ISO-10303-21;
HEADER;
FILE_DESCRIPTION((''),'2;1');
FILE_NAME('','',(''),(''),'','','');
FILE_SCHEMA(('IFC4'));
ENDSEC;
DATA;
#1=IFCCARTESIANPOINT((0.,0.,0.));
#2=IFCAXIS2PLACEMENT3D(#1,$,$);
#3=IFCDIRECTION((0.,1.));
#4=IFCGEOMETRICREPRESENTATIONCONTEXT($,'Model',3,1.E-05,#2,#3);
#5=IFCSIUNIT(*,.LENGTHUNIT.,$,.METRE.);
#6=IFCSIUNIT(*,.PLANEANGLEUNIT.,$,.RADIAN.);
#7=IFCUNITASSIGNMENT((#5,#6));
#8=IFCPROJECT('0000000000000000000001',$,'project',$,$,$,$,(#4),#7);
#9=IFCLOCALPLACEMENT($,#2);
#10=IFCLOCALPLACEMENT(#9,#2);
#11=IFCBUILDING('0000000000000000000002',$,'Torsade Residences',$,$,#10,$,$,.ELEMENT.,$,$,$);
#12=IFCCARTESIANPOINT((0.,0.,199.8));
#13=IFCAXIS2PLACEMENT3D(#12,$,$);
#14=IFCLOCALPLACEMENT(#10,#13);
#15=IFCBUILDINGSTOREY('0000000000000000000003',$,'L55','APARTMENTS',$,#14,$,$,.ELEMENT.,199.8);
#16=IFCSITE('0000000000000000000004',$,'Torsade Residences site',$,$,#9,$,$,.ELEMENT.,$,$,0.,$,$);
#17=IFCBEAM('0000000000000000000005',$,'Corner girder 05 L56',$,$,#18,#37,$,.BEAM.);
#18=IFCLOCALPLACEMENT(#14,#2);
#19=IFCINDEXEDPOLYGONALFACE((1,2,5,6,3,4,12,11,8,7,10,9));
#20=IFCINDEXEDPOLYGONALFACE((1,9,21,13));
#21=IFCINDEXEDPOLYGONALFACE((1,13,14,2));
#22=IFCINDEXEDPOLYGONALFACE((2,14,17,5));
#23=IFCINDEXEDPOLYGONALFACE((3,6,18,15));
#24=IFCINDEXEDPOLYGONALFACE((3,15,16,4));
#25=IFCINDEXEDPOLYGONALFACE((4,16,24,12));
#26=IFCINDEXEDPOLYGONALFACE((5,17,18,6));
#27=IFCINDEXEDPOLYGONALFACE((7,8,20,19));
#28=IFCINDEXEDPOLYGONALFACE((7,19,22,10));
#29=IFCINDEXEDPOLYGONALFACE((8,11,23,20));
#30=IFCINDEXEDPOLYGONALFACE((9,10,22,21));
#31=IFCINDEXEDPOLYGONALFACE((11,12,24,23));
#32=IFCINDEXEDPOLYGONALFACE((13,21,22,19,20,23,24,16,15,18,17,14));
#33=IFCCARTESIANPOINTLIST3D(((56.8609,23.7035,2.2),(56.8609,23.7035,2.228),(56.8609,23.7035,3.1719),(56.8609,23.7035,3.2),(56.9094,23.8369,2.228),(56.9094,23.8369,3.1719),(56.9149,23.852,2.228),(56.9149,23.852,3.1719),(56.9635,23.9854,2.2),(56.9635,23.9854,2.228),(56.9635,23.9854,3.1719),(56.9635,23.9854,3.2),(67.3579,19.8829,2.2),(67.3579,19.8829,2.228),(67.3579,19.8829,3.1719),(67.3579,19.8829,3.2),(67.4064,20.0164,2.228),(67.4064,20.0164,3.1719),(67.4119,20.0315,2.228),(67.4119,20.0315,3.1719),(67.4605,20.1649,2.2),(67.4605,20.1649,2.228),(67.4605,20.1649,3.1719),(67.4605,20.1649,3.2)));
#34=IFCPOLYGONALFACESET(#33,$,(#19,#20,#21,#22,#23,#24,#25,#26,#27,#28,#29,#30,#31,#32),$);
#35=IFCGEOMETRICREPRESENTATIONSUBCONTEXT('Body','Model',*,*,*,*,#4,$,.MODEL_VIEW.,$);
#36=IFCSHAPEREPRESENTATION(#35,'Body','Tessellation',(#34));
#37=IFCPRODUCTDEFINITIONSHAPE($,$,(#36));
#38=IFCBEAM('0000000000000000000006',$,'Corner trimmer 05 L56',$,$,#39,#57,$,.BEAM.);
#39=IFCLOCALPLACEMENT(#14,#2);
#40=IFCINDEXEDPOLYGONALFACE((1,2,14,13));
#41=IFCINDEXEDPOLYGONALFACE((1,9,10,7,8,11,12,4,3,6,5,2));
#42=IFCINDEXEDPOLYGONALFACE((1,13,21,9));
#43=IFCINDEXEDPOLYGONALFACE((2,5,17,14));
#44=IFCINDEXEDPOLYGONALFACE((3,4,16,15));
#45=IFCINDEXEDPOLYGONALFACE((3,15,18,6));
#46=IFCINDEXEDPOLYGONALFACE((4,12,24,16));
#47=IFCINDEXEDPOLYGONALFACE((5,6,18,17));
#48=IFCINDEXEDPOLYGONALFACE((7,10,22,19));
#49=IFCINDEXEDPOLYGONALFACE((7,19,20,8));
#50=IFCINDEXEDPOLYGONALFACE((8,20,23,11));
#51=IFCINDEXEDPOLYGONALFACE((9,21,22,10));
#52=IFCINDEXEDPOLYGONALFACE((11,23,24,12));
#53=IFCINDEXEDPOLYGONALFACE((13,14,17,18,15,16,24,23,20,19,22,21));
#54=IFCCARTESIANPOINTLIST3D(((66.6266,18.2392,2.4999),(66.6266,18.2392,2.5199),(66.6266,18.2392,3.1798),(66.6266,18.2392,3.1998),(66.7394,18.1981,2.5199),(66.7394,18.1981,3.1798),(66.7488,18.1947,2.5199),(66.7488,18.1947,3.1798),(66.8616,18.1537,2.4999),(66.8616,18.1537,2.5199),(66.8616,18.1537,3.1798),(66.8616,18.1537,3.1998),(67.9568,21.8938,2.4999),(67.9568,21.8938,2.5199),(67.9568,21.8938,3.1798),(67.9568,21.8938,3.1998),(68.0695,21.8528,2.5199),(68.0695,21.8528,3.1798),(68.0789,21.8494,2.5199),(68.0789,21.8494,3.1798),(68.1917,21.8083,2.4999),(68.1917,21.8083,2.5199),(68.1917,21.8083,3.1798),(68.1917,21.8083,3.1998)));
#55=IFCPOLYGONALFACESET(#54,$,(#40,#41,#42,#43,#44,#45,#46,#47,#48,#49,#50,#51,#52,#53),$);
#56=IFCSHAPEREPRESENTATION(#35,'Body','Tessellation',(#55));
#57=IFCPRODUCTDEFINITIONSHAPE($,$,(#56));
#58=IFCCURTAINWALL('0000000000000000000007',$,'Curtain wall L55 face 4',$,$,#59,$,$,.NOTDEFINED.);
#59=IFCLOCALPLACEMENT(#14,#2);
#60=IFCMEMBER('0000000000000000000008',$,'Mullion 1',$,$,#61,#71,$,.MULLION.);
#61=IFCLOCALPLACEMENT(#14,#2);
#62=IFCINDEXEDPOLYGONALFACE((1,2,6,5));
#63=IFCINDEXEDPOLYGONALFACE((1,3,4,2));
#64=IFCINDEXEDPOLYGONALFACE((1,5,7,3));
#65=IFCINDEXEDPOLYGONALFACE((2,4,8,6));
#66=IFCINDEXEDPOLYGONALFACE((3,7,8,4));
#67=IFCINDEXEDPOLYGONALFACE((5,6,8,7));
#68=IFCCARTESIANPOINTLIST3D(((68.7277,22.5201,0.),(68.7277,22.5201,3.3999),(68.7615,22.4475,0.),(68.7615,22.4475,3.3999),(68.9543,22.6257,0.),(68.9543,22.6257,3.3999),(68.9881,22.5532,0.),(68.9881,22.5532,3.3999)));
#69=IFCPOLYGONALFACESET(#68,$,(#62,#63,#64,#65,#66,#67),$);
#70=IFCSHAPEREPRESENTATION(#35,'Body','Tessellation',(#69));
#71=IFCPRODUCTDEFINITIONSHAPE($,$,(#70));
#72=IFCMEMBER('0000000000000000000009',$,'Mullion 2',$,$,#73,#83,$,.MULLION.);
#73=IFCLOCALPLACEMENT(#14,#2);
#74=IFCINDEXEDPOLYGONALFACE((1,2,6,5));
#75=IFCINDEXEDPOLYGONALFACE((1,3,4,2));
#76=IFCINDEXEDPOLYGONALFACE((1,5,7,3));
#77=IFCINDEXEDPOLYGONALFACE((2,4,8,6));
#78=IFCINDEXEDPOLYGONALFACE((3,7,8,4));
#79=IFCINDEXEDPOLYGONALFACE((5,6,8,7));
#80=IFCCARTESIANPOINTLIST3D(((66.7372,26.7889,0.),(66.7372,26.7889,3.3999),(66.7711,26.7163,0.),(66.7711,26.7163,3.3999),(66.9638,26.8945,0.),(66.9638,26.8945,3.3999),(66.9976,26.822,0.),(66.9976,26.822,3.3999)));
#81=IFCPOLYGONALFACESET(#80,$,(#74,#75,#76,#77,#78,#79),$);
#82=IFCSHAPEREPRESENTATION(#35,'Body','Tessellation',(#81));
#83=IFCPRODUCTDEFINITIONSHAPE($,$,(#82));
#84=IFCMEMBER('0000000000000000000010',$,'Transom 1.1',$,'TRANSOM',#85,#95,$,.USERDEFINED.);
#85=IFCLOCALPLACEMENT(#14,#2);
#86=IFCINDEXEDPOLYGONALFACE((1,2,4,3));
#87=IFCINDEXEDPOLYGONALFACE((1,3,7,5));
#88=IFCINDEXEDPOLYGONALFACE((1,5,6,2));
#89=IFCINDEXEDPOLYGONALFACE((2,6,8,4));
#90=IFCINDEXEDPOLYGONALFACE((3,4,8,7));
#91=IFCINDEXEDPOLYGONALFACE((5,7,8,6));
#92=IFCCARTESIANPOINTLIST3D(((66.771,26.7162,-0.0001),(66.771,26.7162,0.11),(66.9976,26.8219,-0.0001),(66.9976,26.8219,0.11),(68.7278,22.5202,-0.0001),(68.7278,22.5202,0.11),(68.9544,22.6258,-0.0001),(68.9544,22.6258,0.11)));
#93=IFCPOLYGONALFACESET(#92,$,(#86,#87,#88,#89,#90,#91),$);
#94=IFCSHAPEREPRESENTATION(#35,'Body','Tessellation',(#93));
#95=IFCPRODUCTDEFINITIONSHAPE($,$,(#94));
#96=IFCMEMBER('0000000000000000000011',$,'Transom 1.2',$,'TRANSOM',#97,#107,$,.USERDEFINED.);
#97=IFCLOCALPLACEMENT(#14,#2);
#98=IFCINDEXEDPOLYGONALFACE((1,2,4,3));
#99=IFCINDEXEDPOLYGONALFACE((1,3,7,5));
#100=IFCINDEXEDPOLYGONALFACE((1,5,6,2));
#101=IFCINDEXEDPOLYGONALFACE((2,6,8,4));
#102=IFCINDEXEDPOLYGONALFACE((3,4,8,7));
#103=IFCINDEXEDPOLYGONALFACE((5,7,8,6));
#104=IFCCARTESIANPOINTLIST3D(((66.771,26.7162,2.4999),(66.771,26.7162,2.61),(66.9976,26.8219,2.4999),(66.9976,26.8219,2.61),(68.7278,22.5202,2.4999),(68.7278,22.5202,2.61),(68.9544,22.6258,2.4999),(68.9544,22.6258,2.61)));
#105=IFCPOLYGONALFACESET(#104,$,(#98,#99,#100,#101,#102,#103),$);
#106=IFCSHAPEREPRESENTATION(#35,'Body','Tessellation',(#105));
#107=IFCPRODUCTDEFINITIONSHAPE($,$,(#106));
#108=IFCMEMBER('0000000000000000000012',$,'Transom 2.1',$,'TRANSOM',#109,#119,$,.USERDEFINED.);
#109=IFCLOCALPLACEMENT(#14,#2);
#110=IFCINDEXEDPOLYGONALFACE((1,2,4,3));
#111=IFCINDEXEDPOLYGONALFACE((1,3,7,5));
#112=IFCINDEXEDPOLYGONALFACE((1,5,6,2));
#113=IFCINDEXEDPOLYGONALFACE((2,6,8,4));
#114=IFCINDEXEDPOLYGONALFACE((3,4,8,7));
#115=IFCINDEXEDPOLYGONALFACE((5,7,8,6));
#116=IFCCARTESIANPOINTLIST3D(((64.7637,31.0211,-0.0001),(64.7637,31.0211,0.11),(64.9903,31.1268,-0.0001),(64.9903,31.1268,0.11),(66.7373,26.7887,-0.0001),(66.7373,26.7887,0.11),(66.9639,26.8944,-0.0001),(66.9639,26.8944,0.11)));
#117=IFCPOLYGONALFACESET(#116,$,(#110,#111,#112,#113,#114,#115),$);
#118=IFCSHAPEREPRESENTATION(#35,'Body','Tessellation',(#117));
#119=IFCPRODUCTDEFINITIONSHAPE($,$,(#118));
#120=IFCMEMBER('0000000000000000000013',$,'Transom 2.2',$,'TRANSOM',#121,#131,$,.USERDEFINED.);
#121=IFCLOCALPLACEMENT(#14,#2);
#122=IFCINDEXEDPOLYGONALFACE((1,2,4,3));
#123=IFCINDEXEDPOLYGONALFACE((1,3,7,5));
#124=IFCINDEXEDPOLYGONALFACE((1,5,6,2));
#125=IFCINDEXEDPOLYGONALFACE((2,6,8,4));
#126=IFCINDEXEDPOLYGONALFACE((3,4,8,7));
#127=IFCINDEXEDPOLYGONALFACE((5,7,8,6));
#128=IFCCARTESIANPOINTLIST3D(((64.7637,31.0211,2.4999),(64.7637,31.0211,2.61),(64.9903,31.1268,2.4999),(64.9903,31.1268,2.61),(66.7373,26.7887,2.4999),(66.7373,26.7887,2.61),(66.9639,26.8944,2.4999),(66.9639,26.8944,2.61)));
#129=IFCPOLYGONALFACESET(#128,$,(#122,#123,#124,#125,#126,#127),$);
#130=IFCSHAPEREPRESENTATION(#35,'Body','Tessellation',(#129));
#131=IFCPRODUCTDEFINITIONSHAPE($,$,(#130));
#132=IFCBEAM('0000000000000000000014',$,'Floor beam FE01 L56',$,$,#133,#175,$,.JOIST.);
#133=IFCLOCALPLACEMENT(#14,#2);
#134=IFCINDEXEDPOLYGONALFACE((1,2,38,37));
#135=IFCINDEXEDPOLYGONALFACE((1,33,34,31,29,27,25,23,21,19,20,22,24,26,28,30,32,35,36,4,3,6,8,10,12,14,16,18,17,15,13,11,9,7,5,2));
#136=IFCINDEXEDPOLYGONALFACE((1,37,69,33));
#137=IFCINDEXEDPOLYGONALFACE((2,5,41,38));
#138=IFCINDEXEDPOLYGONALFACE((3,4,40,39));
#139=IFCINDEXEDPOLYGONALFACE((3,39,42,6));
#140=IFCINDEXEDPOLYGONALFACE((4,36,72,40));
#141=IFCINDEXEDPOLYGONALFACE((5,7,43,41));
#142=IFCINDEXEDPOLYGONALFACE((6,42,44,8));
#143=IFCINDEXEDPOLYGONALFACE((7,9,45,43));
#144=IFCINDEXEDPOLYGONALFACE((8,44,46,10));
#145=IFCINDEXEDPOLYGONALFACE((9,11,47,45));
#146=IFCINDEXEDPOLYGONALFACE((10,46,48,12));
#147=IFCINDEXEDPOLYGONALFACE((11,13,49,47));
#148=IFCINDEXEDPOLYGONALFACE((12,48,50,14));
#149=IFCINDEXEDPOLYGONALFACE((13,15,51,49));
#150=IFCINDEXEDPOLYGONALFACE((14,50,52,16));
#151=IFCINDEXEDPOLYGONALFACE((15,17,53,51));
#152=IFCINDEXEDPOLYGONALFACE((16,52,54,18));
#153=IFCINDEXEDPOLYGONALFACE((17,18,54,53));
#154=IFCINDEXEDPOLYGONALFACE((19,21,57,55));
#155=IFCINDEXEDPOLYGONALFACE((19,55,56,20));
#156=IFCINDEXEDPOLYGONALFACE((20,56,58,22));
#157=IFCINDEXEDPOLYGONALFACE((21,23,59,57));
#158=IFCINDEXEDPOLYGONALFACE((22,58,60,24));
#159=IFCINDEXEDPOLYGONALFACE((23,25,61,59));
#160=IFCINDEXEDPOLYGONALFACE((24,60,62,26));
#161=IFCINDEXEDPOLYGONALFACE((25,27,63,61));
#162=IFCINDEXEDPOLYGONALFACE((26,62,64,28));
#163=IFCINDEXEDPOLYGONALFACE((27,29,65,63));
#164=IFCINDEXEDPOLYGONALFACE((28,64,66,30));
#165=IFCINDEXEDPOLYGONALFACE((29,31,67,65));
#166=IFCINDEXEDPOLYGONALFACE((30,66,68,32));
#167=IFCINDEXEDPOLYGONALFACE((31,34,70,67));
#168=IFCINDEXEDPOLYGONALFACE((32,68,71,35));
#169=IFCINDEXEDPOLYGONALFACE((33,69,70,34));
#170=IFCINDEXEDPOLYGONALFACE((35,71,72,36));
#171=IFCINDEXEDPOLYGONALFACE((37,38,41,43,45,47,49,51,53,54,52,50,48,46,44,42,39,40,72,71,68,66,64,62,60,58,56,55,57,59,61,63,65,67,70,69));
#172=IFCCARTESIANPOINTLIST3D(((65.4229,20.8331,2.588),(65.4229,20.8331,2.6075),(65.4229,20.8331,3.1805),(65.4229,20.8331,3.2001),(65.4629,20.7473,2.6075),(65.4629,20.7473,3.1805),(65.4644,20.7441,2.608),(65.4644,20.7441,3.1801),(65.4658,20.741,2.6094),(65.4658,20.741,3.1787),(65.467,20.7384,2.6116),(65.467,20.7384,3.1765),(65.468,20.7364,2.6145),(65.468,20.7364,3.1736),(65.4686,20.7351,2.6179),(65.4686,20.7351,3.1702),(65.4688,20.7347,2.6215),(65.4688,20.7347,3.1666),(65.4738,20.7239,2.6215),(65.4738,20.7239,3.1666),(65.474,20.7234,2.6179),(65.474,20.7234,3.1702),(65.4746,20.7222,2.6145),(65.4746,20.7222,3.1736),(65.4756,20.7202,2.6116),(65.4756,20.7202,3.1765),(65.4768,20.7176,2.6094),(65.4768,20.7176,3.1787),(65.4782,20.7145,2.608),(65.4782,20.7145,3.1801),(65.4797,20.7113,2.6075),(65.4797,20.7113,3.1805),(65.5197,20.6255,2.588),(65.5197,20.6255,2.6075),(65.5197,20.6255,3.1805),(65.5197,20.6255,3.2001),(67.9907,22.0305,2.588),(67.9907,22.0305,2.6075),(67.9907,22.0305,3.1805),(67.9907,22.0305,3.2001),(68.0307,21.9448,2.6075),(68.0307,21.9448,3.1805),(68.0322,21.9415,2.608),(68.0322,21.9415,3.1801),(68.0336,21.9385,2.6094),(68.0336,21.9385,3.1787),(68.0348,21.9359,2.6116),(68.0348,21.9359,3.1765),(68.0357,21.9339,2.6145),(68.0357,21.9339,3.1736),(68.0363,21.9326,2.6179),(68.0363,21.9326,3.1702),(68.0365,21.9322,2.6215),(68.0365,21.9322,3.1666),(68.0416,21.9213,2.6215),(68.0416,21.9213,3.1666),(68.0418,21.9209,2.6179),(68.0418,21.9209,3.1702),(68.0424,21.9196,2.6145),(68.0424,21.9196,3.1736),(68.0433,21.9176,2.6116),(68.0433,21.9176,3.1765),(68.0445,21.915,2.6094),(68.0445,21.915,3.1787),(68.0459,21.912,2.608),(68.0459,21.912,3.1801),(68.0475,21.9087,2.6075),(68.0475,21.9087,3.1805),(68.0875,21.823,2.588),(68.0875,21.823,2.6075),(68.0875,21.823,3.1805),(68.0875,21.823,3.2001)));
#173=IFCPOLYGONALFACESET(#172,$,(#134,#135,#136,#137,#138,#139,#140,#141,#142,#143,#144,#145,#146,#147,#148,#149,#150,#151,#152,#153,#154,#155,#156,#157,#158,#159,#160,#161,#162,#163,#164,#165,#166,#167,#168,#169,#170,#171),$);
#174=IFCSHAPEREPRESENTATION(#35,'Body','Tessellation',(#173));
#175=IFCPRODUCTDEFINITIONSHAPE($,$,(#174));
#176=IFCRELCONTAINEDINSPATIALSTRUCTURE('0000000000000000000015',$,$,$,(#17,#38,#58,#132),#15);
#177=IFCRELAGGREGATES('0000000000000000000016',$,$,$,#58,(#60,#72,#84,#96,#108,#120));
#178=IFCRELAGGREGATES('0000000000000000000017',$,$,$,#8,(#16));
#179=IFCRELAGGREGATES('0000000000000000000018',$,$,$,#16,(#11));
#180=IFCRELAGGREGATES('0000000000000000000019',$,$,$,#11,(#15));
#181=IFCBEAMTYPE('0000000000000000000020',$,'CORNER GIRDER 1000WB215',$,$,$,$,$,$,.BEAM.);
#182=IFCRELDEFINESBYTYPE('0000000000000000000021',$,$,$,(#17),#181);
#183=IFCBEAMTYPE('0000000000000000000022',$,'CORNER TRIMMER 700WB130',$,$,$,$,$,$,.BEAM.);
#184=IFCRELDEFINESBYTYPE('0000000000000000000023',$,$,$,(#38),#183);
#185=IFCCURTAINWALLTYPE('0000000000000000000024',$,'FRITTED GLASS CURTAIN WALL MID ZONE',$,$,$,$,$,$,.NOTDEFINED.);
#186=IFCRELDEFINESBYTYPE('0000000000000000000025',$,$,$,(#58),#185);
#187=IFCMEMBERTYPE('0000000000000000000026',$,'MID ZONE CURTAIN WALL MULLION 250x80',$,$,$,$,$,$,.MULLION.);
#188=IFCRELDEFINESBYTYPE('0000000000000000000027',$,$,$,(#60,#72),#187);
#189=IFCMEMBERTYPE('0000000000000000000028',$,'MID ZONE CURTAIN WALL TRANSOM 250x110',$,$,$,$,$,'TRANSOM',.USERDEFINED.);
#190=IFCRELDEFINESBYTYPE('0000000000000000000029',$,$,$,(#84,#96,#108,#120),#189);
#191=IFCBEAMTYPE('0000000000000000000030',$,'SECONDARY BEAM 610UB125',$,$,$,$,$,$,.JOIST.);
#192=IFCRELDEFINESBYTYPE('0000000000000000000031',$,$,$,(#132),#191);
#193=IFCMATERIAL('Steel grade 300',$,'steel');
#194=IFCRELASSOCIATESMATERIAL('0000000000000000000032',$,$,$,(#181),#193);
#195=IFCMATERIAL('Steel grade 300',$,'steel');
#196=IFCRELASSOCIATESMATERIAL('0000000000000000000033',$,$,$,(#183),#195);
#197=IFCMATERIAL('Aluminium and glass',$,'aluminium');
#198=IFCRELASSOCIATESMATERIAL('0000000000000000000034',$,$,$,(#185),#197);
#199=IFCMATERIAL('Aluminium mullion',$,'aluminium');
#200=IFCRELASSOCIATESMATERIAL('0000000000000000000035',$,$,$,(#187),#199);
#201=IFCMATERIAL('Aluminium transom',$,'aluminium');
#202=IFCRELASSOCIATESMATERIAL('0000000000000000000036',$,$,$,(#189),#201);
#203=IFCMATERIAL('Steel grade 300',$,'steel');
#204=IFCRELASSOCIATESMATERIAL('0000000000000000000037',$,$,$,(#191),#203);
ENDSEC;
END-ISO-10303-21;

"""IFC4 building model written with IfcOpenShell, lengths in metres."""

from ifc_helpers import new_model, si_unit, direction, frame, origin, origin_2d, place, context, subcontext, project, spatial, rectangle, i_section, extrude, material, material_profile, profile_set, type_object, element, aggregate, save


model = new_model("IFC4")

# Units and contexts
model_context = context("Model", 3, precision=1e-05, world=origin(), true_north=direction((0.0, 1.0)))
body_context = subcontext(model_context, "Body", "Model", "MODEL_VIEW")
ifc_project = project(units=[si_unit("LENGTHUNIT", "METRE"), si_unit("PLANEANGLEUNIT", "RADIAN")], contexts=[model_context])

# Site, building, storey
site_placement = place(None, origin())
site = spatial("IfcSite", under=ifc_project, at=site_placement, Name="Torsade Residences site", CompositionType="ELEMENT", RefElevation=0.0)
building_placement = place(site_placement, origin())
building = spatial("IfcBuilding", under=site, at=building_placement, Name="Torsade Residences", CompositionType="ELEMENT")
storey_placement = place(building_placement, frame((0.0, 0.0, 199.8)))
storey = spatial("IfcBuildingStorey", under=building, at=storey_placement, Name="L55", Description="APARTMENTS", CompositionType="ELEMENT", Elevation=199.8)

# Beams
ifc_material_1 = material(Name="Steel grade 300", Category="steel")
ifc_material_profile_1 = material_profile(ifc_material_1, i_section(OverallWidth=0.3, OverallDepth=1.0, WebThickness=0.0161, FlangeThickness=0.0281, at=origin_2d()), Name="1000WB215")
ifc_profile_set_1 = profile_set([ifc_material_profile_1], Name="Steel grade 300")
beam_type_1 = type_object("IfcBeamType", Name="CORNER GIRDER 1000WB215", PredefinedType="BEAM", material=ifc_profile_set_1)
beam_1_placement = place(storey_placement, frame((67.4092, 20.0239, 2.7), z_axis=(-0.939694, 0.342015, 0.0), x_axis=(-0.342015, -0.939694, 0.0)))
element("IfcBeam", 1, at=beam_1_placement, inside=storey, type_object=beam_type_1, Name="Corner girder 05 L56", PredefinedType="BEAM", context=body_context, shape_type="SweptSolid", body=[
    extrude(i_section(OverallWidth=0.3, OverallDepth=1.0, WebThickness=0.0161, FlangeThickness=0.0281, at=origin_2d()), origin(), (0.0, 0.0, 1.0), 11.1707),
])
ifc_material_2 = material(Name="Steel grade 300", Category="steel")
ifc_material_profile_2 = material_profile(ifc_material_2, i_section(OverallWidth=0.25, OverallDepth=0.7, WebThickness=0.01, FlangeThickness=0.02, at=origin_2d()), Name="700WB130")
ifc_profile_set_2 = profile_set([ifc_material_profile_2], Name="Steel grade 300")
beam_type_2 = type_object("IfcBeamType", Name="CORNER TRIMMER 700WB130", PredefinedType="BEAM", material=ifc_profile_set_2)
beam_2_placement = place(storey_placement, frame((68.0742, 21.8511, 2.8499), z_axis=(-0.342005, -0.939698, 0.0), x_axis=(0.939698, -0.342005, 0.0)))
element("IfcBeam", 2, at=beam_2_placement, inside=storey, type_object=beam_type_2, Name="Corner trimmer 05 L56", PredefinedType="BEAM", context=body_context, shape_type="SweptSolid", body=[
    extrude(i_section(OverallWidth=0.25, OverallDepth=0.7, WebThickness=0.01, FlangeThickness=0.02, at=origin_2d()), origin(), (0.0, 0.0, 1.0), 3.8892),
])

# Curtain wall, members
ifc_material_3 = material(Name="Aluminium and glass", Category="aluminium")
curtain_wall_type = type_object("IfcCurtainWallType", Name="FRITTED GLASS CURTAIN WALL MID ZONE", PredefinedType="NOTDEFINED", material=ifc_material_3)
curtain_wall_placement = place(storey_placement, origin())
curtain_wall = element("IfcCurtainWall", 3, at=curtain_wall_placement, inside=storey, type_object=curtain_wall_type, Name="Curtain wall L55 face 4", PredefinedType="NOTDEFINED")
ifc_material_4 = material(Name="Aluminium mullion", Category="aluminium")
ifc_material_profile_3 = material_profile(ifc_material_4, rectangle(XDim=0.25, YDim=0.0801, at=origin_2d()), Name="MID ZONE CURTAIN WALL MULLION 250x80")
ifc_profile_set_3 = profile_set([ifc_material_profile_3], Name="Aluminium mullion")
member_type_1 = type_object("IfcMemberType", Name="MID ZONE CURTAIN WALL MULLION 250x80", PredefinedType="MULLION", material=ifc_profile_set_3)
member_1_placement = place(storey_placement, frame((68.8579, 22.5366, 0.0), z_axis=(0.0, 0.0, 1.0), x_axis=(-0.906308, -0.422618, 0.0)))
member_1 = element("IfcMember", 4, at=member_1_placement, type_object=member_type_1, Name="Mullion 1", PredefinedType="MULLION", context=body_context, shape_type="SweptSolid", body=[
    extrude(rectangle(XDim=0.25, YDim=0.0801, at=origin_2d()), origin(), (0.0, 0.0, 1.0), 3.3999),
])
member_2_placement = place(storey_placement, frame((66.8674, 26.8054, 0.0), z_axis=(0.0, 0.0, 1.0), x_axis=(-0.906308, -0.422618, 0.0)))
member_2 = element("IfcMember", 5, at=member_2_placement, type_object=member_type_1, Name="Mullion 2", PredefinedType="MULLION", context=body_context, shape_type="SweptSolid", body=[
    extrude(rectangle(XDim=0.25, YDim=0.0801, at=origin_2d()), origin(), (0.0, 0.0, 1.0), 3.3999),
])
ifc_material_5 = material(Name="Aluminium transom", Category="aluminium")
ifc_material_profile_4 = material_profile(ifc_material_5, rectangle(XDim=0.25, YDim=0.1101, at=origin_2d()), Name="MID ZONE CURTAIN WALL TRANSOM 250x110")
ifc_profile_set_4 = profile_set([ifc_material_profile_4], Name="Aluminium transom")
member_type_2 = type_object("IfcMemberType", Name="MID ZONE CURTAIN WALL TRANSOM 250x110", ElementType="TRANSOM", PredefinedType="USERDEFINED", material=ifc_profile_set_4)
member_3_placement = place(storey_placement, frame((68.8411, 22.573, 0.0549), z_axis=(-0.422643, 0.906296, 0.0), x_axis=(-0.906296, -0.422643, 0.0)))
member_3 = element("IfcMember", 6, at=member_3_placement, type_object=member_type_2, Name="Transom 1.1", ObjectType="TRANSOM", PredefinedType="USERDEFINED", context=body_context, shape_type="SweptSolid", body=[
    extrude(rectangle(XDim=0.25, YDim=0.1101, at=origin_2d()), origin(), (0.0, 0.0, 1.0), 4.6299),
])
member_4_placement = place(storey_placement, frame((68.8411, 22.573, 2.5549), z_axis=(-0.422643, 0.906296, 0.0), x_axis=(-0.906296, -0.422643, 0.0)))
member_4 = element("IfcMember", 7, at=member_4_placement, type_object=member_type_2, Name="Transom 1.2", ObjectType="TRANSOM", PredefinedType="USERDEFINED", context=body_context, shape_type="SweptSolid", body=[
    extrude(rectangle(XDim=0.25, YDim=0.1101, at=origin_2d()), origin(), (0.0, 0.0, 1.0), 4.6299),
])
member_5_placement = place(storey_placement, frame((66.8506, 26.8416, 0.0549), z_axis=(-0.422622, 0.906306, 0.0), x_axis=(-0.906306, -0.422622, 0.0)))
member_5 = element("IfcMember", 8, at=member_5_placement, type_object=member_type_2, Name="Transom 2.1", ObjectType="TRANSOM", PredefinedType="USERDEFINED", context=body_context, shape_type="SweptSolid", body=[
    extrude(rectangle(XDim=0.25, YDim=0.1101, at=origin_2d()), origin(), (0.0, 0.0, 1.0), 4.6699),
])
member_6_placement = place(storey_placement, frame((66.8506, 26.8416, 2.5549), z_axis=(-0.422622, 0.906306, 0.0), x_axis=(-0.906306, -0.422622, 0.0)))
member_6 = element("IfcMember", 9, at=member_6_placement, type_object=member_type_2, Name="Transom 2.2", ObjectType="TRANSOM", PredefinedType="USERDEFINED", context=body_context, shape_type="SweptSolid", body=[
    extrude(rectangle(XDim=0.25, YDim=0.1101, at=origin_2d()), origin(), (0.0, 0.0, 1.0), 4.6699),
])

# Beam
ifc_material_6 = material(Name="Steel grade 300", Category="steel")
ifc_material_profile_5 = material_profile(ifc_material_6, i_section(OverallWidth=0.229, OverallDepth=0.6121, WebThickness=0.012, FlangeThickness=0.0195, FilletRadius=0.0139, at=origin_2d()), Name="610UB125")
ifc_profile_set_5 = profile_set([ifc_material_profile_5], Name="Steel grade 300")
beam_type_3 = type_object("IfcBeamType", Name="SECONDARY BEAM 610UB125", PredefinedType="JOIST", material=ifc_profile_set_5)
beam_3_placement = place(storey_placement, frame((68.0391, 21.9268, 2.894), z_axis=(-0.906295, -0.422645, 0.0), x_axis=(0.422645, -0.906295, 0.0)))
element("IfcBeam", 10, at=beam_3_placement, inside=storey, type_object=beam_type_3, Name="Floor beam FE01 L56", PredefinedType="JOIST", context=body_context, shape_type="SweptSolid", body=[
    extrude(i_section(OverallWidth=0.229, OverallDepth=0.6121, WebThickness=0.012, FlangeThickness=0.0195, FilletRadius=0.0139, at=origin_2d()), origin(), (0.0, 0.0, 1.0), 2.8333),
])

aggregate(curtain_wall, [member_1, member_2, member_3, member_4, member_5, member_6])

save(model, "model.ifc")
